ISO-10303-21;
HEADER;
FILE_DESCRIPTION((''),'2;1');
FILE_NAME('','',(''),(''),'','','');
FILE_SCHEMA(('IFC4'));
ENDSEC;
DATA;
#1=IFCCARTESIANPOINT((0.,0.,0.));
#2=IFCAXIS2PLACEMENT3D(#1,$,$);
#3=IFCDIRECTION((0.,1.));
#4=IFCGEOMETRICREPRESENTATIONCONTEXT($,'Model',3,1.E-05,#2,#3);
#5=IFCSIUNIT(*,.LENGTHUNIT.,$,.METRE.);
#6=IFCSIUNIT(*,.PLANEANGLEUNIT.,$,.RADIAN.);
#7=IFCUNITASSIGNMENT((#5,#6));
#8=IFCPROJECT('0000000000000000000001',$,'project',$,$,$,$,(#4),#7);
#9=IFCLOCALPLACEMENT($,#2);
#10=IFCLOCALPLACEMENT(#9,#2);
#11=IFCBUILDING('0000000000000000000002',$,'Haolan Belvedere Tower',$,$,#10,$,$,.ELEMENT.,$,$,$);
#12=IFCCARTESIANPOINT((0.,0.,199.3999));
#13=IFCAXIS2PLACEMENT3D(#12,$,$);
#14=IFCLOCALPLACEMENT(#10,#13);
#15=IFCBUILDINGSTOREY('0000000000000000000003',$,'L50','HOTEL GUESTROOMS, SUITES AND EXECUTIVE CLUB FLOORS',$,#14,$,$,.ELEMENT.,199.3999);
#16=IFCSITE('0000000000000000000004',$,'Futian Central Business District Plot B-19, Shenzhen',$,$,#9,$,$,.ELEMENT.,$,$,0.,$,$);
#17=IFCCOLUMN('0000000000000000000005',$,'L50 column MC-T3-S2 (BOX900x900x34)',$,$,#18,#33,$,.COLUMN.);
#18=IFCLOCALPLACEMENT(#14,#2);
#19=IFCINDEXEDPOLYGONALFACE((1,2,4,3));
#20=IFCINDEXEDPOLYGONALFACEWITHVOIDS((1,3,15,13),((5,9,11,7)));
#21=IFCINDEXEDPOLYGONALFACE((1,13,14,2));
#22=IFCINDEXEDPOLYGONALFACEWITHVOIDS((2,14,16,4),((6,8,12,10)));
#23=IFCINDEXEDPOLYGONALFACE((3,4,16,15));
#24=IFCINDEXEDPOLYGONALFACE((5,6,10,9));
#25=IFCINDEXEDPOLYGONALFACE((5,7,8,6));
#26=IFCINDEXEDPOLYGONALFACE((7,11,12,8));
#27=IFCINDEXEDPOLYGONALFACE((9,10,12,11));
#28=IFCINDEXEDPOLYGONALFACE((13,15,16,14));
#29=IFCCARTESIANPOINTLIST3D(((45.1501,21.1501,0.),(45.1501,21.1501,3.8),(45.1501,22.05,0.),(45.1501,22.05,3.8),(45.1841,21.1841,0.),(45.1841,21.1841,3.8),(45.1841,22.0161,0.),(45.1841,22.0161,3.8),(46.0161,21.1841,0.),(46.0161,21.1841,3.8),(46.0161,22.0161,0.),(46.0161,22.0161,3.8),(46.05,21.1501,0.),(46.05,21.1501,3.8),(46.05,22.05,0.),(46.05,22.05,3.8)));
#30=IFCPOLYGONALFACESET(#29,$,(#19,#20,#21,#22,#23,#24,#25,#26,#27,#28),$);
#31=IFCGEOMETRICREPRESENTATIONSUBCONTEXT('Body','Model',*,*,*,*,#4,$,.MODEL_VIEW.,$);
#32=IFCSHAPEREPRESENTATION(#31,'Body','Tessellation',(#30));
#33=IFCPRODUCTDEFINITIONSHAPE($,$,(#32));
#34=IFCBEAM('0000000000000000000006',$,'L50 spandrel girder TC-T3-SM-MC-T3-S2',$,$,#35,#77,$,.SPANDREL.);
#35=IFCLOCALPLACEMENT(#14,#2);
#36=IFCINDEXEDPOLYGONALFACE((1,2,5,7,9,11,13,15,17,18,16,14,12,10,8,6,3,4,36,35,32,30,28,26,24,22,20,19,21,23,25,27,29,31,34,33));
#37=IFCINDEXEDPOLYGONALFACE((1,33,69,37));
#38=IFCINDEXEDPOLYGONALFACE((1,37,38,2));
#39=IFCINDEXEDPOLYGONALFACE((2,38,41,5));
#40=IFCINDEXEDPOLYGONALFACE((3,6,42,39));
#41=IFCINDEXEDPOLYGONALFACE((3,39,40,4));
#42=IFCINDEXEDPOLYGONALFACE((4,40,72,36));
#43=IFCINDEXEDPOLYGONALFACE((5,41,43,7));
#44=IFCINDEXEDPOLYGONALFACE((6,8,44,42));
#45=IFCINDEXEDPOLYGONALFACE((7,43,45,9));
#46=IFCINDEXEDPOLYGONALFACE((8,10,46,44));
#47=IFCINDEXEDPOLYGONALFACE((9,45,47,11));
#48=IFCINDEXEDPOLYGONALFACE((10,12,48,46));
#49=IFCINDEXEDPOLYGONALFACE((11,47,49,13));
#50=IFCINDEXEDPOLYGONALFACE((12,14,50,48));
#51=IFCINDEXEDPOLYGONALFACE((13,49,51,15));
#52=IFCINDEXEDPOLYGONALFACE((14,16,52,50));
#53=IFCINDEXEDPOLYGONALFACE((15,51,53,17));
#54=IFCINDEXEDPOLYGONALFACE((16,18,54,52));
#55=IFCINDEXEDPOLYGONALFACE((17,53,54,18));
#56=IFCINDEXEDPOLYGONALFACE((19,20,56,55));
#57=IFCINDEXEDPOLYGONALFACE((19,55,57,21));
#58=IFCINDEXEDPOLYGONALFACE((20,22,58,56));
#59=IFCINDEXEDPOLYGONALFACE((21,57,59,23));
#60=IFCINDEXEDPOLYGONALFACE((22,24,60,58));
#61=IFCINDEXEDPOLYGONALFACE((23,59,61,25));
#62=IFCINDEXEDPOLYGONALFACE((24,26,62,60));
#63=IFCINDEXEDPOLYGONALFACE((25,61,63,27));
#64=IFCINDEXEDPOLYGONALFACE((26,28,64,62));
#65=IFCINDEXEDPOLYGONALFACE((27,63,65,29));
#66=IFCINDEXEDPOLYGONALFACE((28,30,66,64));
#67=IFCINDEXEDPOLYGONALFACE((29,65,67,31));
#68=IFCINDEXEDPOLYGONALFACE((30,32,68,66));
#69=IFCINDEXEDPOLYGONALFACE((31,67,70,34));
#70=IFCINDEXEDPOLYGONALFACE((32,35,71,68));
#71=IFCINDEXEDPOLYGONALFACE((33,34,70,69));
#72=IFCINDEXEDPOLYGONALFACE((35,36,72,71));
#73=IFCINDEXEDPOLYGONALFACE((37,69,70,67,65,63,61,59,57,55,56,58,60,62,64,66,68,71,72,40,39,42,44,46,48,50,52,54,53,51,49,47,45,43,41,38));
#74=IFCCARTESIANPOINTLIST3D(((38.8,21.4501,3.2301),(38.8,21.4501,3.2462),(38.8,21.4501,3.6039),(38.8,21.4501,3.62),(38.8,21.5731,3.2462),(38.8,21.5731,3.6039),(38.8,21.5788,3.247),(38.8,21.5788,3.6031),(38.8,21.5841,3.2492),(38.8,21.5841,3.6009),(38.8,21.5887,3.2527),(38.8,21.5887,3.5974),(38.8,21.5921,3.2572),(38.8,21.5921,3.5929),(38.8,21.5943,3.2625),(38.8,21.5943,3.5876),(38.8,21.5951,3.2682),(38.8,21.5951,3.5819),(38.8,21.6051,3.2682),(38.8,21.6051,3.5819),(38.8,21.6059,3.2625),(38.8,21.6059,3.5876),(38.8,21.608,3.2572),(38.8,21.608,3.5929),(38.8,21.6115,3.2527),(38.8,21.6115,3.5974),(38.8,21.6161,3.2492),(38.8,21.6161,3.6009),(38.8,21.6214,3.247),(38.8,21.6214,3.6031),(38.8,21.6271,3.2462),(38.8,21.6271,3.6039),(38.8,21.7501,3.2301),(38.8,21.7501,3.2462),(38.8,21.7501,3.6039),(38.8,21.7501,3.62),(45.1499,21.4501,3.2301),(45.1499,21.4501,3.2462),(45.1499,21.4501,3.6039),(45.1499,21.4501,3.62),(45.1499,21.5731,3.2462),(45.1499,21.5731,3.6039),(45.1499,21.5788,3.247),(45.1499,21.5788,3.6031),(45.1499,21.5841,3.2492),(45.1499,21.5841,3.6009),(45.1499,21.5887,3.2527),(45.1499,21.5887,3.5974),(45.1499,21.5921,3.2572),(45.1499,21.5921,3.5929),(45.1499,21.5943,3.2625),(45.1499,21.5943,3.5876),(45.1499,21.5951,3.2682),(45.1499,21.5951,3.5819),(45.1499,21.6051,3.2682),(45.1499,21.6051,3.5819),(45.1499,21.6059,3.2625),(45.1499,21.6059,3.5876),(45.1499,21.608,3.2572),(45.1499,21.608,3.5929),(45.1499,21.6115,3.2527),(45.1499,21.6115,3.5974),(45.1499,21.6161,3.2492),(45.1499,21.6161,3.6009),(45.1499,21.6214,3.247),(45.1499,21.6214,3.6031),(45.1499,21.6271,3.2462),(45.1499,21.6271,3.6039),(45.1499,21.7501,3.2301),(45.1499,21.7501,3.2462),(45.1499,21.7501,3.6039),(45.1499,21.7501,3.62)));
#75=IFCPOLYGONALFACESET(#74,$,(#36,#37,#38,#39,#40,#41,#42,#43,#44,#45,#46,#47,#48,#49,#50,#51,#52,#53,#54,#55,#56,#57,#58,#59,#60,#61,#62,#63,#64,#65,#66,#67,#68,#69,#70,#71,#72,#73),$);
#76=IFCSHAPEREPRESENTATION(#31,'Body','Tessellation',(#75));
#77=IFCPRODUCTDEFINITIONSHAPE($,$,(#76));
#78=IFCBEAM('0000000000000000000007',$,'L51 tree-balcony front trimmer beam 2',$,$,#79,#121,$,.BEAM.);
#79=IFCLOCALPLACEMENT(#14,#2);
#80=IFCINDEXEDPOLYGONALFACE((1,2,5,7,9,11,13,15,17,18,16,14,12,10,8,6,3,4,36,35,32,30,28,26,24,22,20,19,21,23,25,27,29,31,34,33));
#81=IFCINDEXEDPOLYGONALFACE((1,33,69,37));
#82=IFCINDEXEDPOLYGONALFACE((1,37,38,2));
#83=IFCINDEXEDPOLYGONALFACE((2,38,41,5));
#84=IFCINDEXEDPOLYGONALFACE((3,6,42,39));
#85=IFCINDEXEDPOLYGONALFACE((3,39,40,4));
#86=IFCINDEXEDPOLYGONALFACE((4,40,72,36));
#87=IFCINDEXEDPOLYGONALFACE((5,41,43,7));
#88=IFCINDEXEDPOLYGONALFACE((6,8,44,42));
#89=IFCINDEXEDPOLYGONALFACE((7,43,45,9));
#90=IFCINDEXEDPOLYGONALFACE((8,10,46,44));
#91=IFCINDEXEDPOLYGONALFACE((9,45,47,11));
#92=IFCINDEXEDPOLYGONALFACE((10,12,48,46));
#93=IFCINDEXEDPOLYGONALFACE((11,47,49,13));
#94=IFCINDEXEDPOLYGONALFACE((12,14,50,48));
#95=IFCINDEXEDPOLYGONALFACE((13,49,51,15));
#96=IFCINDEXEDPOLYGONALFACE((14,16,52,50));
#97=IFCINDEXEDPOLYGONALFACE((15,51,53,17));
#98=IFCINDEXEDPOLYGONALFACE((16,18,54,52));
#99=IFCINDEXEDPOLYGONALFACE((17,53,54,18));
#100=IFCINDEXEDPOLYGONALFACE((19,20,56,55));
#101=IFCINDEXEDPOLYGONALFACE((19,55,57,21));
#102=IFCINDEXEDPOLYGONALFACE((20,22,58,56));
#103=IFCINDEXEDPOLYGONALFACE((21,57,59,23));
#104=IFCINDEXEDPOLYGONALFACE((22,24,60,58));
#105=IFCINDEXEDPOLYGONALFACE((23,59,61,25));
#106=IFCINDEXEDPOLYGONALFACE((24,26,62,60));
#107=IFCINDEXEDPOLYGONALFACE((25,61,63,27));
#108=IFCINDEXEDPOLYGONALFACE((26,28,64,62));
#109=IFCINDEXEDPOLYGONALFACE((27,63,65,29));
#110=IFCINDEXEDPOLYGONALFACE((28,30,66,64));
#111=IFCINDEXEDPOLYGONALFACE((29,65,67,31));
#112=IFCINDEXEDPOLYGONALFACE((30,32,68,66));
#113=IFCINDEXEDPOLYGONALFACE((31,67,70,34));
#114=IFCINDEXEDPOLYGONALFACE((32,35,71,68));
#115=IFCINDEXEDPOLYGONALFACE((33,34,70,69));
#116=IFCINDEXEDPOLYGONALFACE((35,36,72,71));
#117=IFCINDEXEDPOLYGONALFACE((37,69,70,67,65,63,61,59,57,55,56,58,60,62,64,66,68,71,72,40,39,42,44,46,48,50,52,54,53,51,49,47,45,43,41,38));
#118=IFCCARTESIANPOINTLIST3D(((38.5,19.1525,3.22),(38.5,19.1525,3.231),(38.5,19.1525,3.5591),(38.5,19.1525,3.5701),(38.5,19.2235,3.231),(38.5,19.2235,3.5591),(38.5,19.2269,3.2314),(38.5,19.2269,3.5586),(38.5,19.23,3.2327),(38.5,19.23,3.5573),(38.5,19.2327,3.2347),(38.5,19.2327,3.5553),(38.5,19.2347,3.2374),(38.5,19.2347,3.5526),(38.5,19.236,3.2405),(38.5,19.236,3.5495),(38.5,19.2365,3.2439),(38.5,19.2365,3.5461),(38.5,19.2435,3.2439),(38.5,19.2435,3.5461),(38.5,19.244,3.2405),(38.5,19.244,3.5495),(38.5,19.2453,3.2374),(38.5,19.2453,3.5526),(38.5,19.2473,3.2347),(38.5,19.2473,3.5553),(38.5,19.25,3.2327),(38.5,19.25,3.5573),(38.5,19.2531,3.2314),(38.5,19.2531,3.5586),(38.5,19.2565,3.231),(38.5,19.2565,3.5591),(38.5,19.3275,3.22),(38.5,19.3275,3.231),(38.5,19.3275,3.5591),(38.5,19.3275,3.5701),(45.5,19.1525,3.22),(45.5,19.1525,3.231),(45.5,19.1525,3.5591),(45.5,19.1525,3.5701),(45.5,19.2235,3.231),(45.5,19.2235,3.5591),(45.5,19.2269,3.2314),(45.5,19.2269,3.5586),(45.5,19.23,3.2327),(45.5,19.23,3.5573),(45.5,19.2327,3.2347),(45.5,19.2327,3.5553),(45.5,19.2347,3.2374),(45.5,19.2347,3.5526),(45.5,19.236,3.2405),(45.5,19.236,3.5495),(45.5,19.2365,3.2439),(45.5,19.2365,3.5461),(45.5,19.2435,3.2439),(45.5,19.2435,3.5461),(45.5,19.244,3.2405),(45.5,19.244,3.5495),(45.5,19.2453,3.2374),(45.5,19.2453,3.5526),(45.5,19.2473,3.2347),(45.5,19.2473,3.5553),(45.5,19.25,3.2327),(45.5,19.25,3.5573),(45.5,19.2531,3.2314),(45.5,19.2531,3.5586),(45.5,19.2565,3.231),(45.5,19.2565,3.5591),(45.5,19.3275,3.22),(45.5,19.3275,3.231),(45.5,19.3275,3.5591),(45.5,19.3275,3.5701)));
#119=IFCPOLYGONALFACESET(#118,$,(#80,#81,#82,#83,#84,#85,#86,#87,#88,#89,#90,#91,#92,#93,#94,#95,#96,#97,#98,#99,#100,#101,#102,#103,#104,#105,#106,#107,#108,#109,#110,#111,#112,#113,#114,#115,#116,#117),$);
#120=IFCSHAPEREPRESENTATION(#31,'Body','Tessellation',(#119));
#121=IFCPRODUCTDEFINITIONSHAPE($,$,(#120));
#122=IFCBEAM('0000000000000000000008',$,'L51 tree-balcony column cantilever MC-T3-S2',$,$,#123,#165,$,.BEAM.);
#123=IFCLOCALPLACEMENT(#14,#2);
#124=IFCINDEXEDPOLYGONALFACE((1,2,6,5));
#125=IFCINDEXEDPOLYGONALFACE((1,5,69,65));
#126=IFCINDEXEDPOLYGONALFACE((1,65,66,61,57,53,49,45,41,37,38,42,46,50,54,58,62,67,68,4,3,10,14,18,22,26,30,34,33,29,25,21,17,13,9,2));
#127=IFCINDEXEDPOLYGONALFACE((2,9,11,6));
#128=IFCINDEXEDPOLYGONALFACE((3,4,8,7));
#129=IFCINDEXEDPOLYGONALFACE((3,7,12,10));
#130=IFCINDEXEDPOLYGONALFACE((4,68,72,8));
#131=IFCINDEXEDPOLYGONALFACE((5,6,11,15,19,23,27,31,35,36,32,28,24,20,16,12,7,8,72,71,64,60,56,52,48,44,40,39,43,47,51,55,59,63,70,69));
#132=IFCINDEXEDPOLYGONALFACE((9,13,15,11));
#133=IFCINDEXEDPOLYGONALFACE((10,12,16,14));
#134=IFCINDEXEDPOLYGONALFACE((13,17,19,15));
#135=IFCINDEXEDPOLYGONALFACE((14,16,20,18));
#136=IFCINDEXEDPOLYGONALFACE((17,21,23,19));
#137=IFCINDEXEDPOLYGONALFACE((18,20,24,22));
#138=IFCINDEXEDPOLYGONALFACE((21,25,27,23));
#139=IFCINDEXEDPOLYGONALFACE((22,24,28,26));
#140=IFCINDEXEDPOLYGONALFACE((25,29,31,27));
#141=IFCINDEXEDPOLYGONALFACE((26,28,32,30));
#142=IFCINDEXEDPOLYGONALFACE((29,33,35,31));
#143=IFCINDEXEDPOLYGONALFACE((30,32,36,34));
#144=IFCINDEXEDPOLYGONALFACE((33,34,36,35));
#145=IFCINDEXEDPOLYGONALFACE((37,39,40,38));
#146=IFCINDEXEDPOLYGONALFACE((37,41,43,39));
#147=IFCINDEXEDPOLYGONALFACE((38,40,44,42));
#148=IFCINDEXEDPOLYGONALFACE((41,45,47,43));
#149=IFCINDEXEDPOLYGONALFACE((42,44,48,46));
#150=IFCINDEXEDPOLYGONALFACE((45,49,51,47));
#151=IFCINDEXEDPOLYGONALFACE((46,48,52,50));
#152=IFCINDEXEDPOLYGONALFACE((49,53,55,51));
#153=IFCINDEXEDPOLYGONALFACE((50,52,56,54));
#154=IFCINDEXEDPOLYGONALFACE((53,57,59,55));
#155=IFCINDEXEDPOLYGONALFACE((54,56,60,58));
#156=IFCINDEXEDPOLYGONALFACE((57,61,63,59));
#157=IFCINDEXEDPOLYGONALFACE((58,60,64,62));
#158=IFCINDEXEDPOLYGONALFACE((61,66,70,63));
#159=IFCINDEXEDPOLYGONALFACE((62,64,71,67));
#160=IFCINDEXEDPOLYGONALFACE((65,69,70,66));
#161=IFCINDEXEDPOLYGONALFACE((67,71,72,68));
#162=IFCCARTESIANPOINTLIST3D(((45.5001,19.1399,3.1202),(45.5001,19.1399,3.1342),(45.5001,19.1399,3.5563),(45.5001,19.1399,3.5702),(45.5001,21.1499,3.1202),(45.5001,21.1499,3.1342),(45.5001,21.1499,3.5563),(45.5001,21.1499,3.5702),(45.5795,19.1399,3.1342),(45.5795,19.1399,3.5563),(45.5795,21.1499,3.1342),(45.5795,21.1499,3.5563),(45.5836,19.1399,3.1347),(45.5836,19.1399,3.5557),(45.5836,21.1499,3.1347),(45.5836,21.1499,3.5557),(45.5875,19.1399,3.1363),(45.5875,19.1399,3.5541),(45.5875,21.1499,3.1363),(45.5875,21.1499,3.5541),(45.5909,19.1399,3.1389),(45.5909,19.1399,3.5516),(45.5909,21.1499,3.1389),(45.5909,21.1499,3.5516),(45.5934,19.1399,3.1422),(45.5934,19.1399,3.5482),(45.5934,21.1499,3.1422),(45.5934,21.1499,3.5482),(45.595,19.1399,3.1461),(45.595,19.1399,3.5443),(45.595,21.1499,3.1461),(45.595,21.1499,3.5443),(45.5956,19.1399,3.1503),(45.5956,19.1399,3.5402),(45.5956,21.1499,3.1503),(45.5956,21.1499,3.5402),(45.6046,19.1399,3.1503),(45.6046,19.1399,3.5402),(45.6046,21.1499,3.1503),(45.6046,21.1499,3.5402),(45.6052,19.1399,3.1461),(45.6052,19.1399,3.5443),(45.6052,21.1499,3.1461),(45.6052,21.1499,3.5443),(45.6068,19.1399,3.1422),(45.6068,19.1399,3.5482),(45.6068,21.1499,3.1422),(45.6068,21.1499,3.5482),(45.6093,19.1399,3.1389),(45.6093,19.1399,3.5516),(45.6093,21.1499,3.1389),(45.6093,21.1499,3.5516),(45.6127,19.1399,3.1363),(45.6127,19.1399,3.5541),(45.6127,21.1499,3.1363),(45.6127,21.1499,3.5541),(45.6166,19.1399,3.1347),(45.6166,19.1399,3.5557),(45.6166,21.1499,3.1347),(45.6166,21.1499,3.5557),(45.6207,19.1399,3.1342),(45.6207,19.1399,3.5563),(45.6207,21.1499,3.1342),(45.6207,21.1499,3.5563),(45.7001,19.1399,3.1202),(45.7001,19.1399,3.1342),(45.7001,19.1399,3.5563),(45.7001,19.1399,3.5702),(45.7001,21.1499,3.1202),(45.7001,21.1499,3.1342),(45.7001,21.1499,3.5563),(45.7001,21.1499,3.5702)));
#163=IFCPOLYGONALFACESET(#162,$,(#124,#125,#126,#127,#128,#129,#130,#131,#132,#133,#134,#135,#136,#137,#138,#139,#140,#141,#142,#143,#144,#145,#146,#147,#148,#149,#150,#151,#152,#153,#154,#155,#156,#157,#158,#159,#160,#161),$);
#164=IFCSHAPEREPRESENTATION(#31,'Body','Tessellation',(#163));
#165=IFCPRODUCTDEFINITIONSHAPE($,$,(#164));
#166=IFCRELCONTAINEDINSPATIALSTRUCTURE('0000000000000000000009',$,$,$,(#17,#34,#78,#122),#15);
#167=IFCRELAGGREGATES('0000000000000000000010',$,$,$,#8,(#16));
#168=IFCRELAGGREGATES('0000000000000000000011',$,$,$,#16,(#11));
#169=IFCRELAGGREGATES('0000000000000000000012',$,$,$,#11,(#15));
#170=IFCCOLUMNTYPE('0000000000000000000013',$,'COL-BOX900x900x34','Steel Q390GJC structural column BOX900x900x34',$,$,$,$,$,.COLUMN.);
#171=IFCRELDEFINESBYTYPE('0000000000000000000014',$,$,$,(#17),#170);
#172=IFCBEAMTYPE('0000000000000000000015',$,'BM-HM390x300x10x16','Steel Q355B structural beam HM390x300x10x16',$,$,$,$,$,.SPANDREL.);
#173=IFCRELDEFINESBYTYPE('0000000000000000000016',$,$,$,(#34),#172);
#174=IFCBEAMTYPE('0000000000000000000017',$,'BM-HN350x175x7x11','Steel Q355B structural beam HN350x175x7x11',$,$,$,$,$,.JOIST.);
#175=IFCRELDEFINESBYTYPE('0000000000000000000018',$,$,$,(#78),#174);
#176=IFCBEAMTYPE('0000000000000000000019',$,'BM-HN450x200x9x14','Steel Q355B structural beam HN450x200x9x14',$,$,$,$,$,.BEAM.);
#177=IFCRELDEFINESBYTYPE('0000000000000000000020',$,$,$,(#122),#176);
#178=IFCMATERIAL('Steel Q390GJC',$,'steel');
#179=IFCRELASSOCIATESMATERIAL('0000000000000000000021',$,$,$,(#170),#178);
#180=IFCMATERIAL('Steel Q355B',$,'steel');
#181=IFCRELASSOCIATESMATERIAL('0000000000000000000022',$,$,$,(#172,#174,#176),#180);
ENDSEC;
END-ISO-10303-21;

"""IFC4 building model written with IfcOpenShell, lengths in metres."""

from ifc_helpers import new_model, si_unit, direction, frame, origin, origin_2d, place, context, subcontext, project, spatial, hollow_rectangle, i_section, extrude, material, material_profile, profile_set, type_object, element, save


model = new_model("IFC4")

# Units and contexts
model_context = context("Model", 3, precision=1e-05, world=origin(), true_north=direction((0.0, 1.0)))
body_context = subcontext(model_context, "Body", "Model", "MODEL_VIEW")
ifc_project = project(units=[si_unit("LENGTHUNIT", "METRE"), si_unit("PLANEANGLEUNIT", "RADIAN")], contexts=[model_context])

# Site, building, storey
site_placement = place(None, origin())
site = spatial("IfcSite", under=ifc_project, at=site_placement, Name="Futian Central Business District Plot B-19, Shenzhen", CompositionType="ELEMENT", RefElevation=0.0)
building_placement = place(site_placement, origin())
building = spatial("IfcBuilding", under=site, at=building_placement, Name="Haolan Belvedere Tower", CompositionType="ELEMENT")
storey_placement = place(building_placement, frame((0.0, 0.0, 199.3999)))
storey = spatial("IfcBuildingStorey", under=building, at=storey_placement, Name="L50", Description="HOTEL GUESTROOMS, SUITES AND EXECUTIVE CLUB FLOORS", CompositionType="ELEMENT", Elevation=199.3999)

# Column
ifc_material_1 = material(Name="Steel Q390GJC", Category="steel")
ifc_material_profile_1 = material_profile(ifc_material_1, hollow_rectangle(XDim=0.8999, YDim=0.8999, WallThickness=0.0339, at=origin_2d()), Name="Steel Q390GJC")
ifc_profile_set_1 = profile_set([ifc_material_profile_1], Name="Steel Q390GJC")
column_type = type_object("IfcColumnType", Name="COL-BOX900x900x34", Description="Steel Q390GJC structural column BOX900x900x34", PredefinedType="COLUMN", material=ifc_profile_set_1)
column_placement = place(storey_placement, frame((45.6001, 21.6001, 0.0), z_axis=(0.0, 0.0, 1.0), x_axis=(1.0, 0.0, 0.0)))
element("IfcColumn", 1, at=column_placement, inside=storey, type_object=column_type, Name="L50 column MC-T3-S2 (BOX900x900x34)", PredefinedType="COLUMN", context=body_context, shape_type="SweptSolid", body=[
    extrude(hollow_rectangle(XDim=0.8999, YDim=0.8999, WallThickness=0.0339, at=origin_2d()), origin(), (0.0, 0.0, 1.0), 3.8),
])

# Beams
ifc_material_2 = material(Name="Steel Q355B", Category="steel")
ifc_material_profile_2 = material_profile(ifc_material_2, i_section(OverallWidth=0.3, OverallDepth=0.3899, WebThickness=0.01, FlangeThickness=0.0161, FilletRadius=0.022, at=origin_2d()), Name="Steel Q355B")
ifc_profile_set_2 = profile_set([ifc_material_profile_2], Name="Steel Q355B")
beam_type_1 = type_object("IfcBeamType", Name="BM-HM390x300x10x16", Description="Steel Q355B structural beam HM390x300x10x16", PredefinedType="SPANDREL", material=ifc_profile_set_2)
beam_1_placement = place(storey_placement, frame((38.8, 21.6001, 3.425), z_axis=(1.0, 0.0, 0.0), x_axis=(0.0, 1.0, 0.0)))
element("IfcBeam", 2, at=beam_1_placement, inside=storey, type_object=beam_type_1, Name="L50 spandrel girder TC-T3-SM-MC-T3-S2", PredefinedType="SPANDREL", context=body_context, shape_type="SweptSolid", body=[
    extrude(i_section(OverallWidth=0.3, OverallDepth=0.3899, WebThickness=0.01, FlangeThickness=0.0161, FilletRadius=0.022, at=origin_2d()), origin(), (0.0, 0.0, 1.0), 6.3499),
])
ifc_material_profile_3 = material_profile(ifc_material_2, i_section(OverallWidth=0.175, OverallDepth=0.3501, WebThickness=0.0071, FlangeThickness=0.011, FilletRadius=0.0129, at=origin_2d()), Name="Steel Q355B")
ifc_profile_set_3 = profile_set([ifc_material_profile_3], Name="Steel Q355B")
beam_type_2 = type_object("IfcBeamType", Name="BM-HN350x175x7x11", Description="Steel Q355B structural beam HN350x175x7x11", PredefinedType="JOIST", material=ifc_profile_set_3)
beam_2_placement = place(storey_placement, frame((38.5, 19.24, 3.395), z_axis=(1.0, 0.0, 0.0), x_axis=(0.0, 1.0, 0.0)))
element("IfcBeam", 3, at=beam_2_placement, inside=storey, type_object=beam_type_2, Name="L51 tree-balcony front trimmer beam 2", PredefinedType="BEAM", context=body_context, shape_type="SweptSolid", body=[
    extrude(i_section(OverallWidth=0.175, OverallDepth=0.3501, WebThickness=0.0071, FlangeThickness=0.011, FilletRadius=0.0129, at=origin_2d()), origin(), (0.0, 0.0, 1.0), 7.0),
])
ifc_material_profile_4 = material_profile(ifc_material_2, i_section(OverallWidth=0.2, OverallDepth=0.45, WebThickness=0.009, FlangeThickness=0.0139, FilletRadius=0.0161, at=origin_2d()), Name="Steel Q355B")
ifc_profile_set_4 = profile_set([ifc_material_profile_4], Name="Steel Q355B")
beam_type_3 = type_object("IfcBeamType", Name="BM-HN450x200x9x14", Description="Steel Q355B structural beam HN450x200x9x14", PredefinedType="BEAM", material=ifc_profile_set_4)
beam_3_placement = place(storey_placement, frame((45.6001, 21.1499, 3.3452), z_axis=(0.0, -1.0, 0.0), x_axis=(1.0, 0.0, 0.0)))
element("IfcBeam", 4, at=beam_3_placement, inside=storey, type_object=beam_type_3, Name="L51 tree-balcony column cantilever MC-T3-S2", PredefinedType="BEAM", context=body_context, shape_type="SweptSolid", body=[
    extrude(i_section(OverallWidth=0.2, OverallDepth=0.45, WebThickness=0.009, FlangeThickness=0.0139, FilletRadius=0.0161, at=origin_2d()), origin(), (0.0, 0.0, 1.0), 2.01),
])

save(model, "model.ifc")
